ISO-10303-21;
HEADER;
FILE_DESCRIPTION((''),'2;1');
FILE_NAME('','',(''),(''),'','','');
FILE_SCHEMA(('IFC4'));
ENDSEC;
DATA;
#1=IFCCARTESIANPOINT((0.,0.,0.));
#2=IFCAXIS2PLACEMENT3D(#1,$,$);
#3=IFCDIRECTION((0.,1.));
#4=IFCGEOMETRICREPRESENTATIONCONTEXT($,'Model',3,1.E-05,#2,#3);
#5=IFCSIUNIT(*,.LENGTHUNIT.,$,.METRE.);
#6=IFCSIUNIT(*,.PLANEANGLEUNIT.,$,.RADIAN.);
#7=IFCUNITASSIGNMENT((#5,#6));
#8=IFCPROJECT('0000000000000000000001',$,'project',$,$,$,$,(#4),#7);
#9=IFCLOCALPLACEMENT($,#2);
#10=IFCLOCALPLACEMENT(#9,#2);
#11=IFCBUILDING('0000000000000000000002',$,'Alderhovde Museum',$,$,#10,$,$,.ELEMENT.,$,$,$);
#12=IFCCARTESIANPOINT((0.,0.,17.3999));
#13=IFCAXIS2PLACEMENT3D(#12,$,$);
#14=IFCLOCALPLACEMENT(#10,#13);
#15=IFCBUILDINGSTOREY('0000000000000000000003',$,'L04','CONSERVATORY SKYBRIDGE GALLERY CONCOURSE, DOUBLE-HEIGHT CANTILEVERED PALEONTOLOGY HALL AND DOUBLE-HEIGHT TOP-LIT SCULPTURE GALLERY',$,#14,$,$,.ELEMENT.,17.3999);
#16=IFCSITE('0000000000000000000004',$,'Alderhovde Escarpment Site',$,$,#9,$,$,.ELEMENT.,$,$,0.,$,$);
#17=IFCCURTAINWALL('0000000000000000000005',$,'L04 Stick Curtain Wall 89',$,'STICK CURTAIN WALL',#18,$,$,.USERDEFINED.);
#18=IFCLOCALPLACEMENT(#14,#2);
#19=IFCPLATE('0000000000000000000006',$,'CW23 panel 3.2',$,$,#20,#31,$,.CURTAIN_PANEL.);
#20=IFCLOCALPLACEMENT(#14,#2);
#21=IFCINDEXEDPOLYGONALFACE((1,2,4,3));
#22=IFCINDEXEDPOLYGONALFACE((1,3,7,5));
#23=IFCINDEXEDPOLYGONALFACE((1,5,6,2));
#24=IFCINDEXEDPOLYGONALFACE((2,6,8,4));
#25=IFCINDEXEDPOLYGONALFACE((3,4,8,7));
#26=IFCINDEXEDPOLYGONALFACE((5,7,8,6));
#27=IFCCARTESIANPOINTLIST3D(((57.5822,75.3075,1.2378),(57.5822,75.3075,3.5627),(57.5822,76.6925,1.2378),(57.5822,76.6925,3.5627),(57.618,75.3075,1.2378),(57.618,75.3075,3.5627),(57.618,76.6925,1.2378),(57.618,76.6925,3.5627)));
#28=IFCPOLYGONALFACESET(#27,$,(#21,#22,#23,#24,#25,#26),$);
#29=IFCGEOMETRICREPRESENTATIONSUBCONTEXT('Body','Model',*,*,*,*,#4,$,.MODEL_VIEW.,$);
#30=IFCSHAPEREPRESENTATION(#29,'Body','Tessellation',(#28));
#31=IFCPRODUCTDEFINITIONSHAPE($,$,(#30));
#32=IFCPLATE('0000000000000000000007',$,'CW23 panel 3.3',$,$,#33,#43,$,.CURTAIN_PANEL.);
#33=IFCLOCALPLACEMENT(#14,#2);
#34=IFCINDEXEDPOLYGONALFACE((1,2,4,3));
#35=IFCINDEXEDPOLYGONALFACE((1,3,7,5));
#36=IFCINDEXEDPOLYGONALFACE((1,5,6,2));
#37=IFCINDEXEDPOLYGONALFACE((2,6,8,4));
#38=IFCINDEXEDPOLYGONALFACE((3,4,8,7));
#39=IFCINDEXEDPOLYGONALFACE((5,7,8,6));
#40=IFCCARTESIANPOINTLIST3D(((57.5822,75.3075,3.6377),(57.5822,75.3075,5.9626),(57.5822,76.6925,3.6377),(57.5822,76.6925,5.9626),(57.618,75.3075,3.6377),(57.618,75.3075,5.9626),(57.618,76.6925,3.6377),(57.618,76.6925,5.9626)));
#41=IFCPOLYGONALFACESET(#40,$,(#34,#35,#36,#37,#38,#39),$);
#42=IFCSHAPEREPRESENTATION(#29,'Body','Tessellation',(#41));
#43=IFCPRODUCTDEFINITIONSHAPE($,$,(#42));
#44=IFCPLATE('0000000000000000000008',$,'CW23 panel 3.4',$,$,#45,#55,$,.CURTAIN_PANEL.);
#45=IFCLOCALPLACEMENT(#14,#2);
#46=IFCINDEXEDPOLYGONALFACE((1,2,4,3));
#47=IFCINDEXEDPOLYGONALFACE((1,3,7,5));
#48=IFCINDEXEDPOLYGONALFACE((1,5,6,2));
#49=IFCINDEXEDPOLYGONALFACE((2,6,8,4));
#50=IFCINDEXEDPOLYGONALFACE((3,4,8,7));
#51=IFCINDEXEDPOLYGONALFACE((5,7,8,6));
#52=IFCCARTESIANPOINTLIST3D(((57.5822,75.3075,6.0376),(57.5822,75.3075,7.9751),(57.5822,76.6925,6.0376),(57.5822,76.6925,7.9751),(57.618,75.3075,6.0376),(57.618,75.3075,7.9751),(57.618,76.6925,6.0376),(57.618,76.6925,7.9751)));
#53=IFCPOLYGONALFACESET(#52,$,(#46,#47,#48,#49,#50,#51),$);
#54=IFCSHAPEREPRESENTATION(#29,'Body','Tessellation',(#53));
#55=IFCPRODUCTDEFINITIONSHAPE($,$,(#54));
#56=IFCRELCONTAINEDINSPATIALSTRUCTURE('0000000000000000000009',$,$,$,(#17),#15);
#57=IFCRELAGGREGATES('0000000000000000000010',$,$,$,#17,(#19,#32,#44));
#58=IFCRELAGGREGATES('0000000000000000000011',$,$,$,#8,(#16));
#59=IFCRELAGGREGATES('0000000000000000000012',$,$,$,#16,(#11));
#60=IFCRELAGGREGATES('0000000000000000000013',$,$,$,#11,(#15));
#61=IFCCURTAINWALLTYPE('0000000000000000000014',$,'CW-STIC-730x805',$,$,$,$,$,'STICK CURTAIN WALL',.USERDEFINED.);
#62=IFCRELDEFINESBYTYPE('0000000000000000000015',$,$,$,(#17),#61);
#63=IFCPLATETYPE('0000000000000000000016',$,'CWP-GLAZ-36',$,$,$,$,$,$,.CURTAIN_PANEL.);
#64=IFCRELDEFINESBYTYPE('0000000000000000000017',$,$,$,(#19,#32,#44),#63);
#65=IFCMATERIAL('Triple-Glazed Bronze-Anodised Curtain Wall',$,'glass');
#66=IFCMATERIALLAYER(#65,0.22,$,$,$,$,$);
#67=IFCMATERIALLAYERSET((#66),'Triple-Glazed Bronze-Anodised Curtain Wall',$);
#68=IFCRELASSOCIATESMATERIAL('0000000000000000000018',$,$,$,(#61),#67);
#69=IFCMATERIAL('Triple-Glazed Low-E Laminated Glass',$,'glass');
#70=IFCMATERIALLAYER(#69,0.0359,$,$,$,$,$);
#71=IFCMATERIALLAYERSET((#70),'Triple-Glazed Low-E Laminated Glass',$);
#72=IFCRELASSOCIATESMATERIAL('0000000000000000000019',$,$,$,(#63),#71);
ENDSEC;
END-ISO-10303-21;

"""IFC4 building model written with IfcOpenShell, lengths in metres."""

from ifc_helpers import new_model, si_unit, direction, frame, origin, origin_2d, place, context, subcontext, project, spatial, rectangle, extrude, material, layer, layer_set, type_object, element, aggregate, save


model = new_model("IFC4")

# Units and contexts
model_context = context("Model", 3, precision=1e-05, world=origin(), true_north=direction((0.0, 1.0)))
body_context = subcontext(model_context, "Body", "Model", "MODEL_VIEW")
ifc_project = project(units=[si_unit("LENGTHUNIT", "METRE"), si_unit("PLANEANGLEUNIT", "RADIAN")], contexts=[model_context])

# Site, building, storey
site_placement = place(None, origin())
site = spatial("IfcSite", under=ifc_project, at=site_placement, Name="Alderhovde Escarpment Site", CompositionType="ELEMENT", RefElevation=0.0)
building_placement = place(site_placement, origin())
building = spatial("IfcBuilding", under=site, at=building_placement, Name="Alderhovde Museum", CompositionType="ELEMENT")
storey_placement = place(building_placement, frame((0.0, 0.0, 17.3999)))
storey = spatial("IfcBuildingStorey", under=building, at=storey_placement, Name="L04", Description="CONSERVATORY SKYBRIDGE GALLERY CONCOURSE, DOUBLE-HEIGHT CANTILEVERED PALEONTOLOGY HALL AND DOUBLE-HEIGHT TOP-LIT SCULPTURE GALLERY", CompositionType="ELEMENT", Elevation=17.3999)

# Curtain wall, plates
ifc_material_1 = material(Name="Triple-Glazed Bronze-Anodised Curtain Wall", Category="glass")
ifc_layer_1 = layer(ifc_material_1, 0.22)
ifc_layer_set_1 = layer_set([ifc_layer_1], Name="Triple-Glazed Bronze-Anodised Curtain Wall")
curtain_wall_type = type_object("IfcCurtainWallType", Name="CW-STIC-730x805", ElementType="STICK CURTAIN WALL", PredefinedType="USERDEFINED", material=ifc_layer_set_1)
curtain_wall_placement = place(storey_placement, origin())
curtain_wall = element("IfcCurtainWall", 1, at=curtain_wall_placement, inside=storey, type_object=curtain_wall_type, Name="L04 Stick Curtain Wall 89", ObjectType="STICK CURTAIN WALL", PredefinedType="USERDEFINED")
ifc_material_2 = material(Name="Triple-Glazed Low-E Laminated Glass", Category="glass")
ifc_layer_2 = layer(ifc_material_2, 0.0359)
ifc_layer_set_2 = layer_set([ifc_layer_2], Name="Triple-Glazed Low-E Laminated Glass")
plate_type = type_object("IfcPlateType", Name="CWP-GLAZ-36", PredefinedType="CURTAIN_PANEL", material=ifc_layer_set_2)
plate_1_placement = place(storey_placement, frame((57.6001, 76.0, 1.2378), z_axis=(0.0, 0.0, 1.0), x_axis=(0.0, 1.0, 0.0)))
plate_1 = element("IfcPlate", 2, at=plate_1_placement, type_object=plate_type, Name="CW23 panel 3.2", PredefinedType="CURTAIN_PANEL", context=body_context, shape_type="SweptSolid", body=[
    extrude(rectangle(XDim=1.385, YDim=0.0359, at=origin_2d()), origin(), (0.0, 0.0, 1.0), 2.325),
])
plate_2_placement = place(storey_placement, frame((57.6001, 76.0, 3.6377), z_axis=(0.0, 0.0, 1.0), x_axis=(0.0, 1.0, 0.0)))
plate_2 = element("IfcPlate", 3, at=plate_2_placement, type_object=plate_type, Name="CW23 panel 3.3", PredefinedType="CURTAIN_PANEL", context=body_context, shape_type="SweptSolid", body=[
    extrude(rectangle(XDim=1.385, YDim=0.0359, at=origin_2d()), origin(), (0.0, 0.0, 1.0), 2.325),
])
plate_3_placement = place(storey_placement, frame((57.6001, 76.0, 6.0376), z_axis=(0.0, 0.0, 1.0), x_axis=(0.0, 1.0, 0.0)))
plate_3 = element("IfcPlate", 4, at=plate_3_placement, type_object=plate_type, Name="CW23 panel 3.4", PredefinedType="CURTAIN_PANEL", context=body_context, shape_type="SweptSolid", body=[
    extrude(rectangle(XDim=1.385, YDim=0.0359, at=origin_2d()), origin(), (0.0, 0.0, 1.0), 1.9375),
])
aggregate(curtain_wall, [plate_1, plate_2, plate_3])

save(model, "model.ifc")
